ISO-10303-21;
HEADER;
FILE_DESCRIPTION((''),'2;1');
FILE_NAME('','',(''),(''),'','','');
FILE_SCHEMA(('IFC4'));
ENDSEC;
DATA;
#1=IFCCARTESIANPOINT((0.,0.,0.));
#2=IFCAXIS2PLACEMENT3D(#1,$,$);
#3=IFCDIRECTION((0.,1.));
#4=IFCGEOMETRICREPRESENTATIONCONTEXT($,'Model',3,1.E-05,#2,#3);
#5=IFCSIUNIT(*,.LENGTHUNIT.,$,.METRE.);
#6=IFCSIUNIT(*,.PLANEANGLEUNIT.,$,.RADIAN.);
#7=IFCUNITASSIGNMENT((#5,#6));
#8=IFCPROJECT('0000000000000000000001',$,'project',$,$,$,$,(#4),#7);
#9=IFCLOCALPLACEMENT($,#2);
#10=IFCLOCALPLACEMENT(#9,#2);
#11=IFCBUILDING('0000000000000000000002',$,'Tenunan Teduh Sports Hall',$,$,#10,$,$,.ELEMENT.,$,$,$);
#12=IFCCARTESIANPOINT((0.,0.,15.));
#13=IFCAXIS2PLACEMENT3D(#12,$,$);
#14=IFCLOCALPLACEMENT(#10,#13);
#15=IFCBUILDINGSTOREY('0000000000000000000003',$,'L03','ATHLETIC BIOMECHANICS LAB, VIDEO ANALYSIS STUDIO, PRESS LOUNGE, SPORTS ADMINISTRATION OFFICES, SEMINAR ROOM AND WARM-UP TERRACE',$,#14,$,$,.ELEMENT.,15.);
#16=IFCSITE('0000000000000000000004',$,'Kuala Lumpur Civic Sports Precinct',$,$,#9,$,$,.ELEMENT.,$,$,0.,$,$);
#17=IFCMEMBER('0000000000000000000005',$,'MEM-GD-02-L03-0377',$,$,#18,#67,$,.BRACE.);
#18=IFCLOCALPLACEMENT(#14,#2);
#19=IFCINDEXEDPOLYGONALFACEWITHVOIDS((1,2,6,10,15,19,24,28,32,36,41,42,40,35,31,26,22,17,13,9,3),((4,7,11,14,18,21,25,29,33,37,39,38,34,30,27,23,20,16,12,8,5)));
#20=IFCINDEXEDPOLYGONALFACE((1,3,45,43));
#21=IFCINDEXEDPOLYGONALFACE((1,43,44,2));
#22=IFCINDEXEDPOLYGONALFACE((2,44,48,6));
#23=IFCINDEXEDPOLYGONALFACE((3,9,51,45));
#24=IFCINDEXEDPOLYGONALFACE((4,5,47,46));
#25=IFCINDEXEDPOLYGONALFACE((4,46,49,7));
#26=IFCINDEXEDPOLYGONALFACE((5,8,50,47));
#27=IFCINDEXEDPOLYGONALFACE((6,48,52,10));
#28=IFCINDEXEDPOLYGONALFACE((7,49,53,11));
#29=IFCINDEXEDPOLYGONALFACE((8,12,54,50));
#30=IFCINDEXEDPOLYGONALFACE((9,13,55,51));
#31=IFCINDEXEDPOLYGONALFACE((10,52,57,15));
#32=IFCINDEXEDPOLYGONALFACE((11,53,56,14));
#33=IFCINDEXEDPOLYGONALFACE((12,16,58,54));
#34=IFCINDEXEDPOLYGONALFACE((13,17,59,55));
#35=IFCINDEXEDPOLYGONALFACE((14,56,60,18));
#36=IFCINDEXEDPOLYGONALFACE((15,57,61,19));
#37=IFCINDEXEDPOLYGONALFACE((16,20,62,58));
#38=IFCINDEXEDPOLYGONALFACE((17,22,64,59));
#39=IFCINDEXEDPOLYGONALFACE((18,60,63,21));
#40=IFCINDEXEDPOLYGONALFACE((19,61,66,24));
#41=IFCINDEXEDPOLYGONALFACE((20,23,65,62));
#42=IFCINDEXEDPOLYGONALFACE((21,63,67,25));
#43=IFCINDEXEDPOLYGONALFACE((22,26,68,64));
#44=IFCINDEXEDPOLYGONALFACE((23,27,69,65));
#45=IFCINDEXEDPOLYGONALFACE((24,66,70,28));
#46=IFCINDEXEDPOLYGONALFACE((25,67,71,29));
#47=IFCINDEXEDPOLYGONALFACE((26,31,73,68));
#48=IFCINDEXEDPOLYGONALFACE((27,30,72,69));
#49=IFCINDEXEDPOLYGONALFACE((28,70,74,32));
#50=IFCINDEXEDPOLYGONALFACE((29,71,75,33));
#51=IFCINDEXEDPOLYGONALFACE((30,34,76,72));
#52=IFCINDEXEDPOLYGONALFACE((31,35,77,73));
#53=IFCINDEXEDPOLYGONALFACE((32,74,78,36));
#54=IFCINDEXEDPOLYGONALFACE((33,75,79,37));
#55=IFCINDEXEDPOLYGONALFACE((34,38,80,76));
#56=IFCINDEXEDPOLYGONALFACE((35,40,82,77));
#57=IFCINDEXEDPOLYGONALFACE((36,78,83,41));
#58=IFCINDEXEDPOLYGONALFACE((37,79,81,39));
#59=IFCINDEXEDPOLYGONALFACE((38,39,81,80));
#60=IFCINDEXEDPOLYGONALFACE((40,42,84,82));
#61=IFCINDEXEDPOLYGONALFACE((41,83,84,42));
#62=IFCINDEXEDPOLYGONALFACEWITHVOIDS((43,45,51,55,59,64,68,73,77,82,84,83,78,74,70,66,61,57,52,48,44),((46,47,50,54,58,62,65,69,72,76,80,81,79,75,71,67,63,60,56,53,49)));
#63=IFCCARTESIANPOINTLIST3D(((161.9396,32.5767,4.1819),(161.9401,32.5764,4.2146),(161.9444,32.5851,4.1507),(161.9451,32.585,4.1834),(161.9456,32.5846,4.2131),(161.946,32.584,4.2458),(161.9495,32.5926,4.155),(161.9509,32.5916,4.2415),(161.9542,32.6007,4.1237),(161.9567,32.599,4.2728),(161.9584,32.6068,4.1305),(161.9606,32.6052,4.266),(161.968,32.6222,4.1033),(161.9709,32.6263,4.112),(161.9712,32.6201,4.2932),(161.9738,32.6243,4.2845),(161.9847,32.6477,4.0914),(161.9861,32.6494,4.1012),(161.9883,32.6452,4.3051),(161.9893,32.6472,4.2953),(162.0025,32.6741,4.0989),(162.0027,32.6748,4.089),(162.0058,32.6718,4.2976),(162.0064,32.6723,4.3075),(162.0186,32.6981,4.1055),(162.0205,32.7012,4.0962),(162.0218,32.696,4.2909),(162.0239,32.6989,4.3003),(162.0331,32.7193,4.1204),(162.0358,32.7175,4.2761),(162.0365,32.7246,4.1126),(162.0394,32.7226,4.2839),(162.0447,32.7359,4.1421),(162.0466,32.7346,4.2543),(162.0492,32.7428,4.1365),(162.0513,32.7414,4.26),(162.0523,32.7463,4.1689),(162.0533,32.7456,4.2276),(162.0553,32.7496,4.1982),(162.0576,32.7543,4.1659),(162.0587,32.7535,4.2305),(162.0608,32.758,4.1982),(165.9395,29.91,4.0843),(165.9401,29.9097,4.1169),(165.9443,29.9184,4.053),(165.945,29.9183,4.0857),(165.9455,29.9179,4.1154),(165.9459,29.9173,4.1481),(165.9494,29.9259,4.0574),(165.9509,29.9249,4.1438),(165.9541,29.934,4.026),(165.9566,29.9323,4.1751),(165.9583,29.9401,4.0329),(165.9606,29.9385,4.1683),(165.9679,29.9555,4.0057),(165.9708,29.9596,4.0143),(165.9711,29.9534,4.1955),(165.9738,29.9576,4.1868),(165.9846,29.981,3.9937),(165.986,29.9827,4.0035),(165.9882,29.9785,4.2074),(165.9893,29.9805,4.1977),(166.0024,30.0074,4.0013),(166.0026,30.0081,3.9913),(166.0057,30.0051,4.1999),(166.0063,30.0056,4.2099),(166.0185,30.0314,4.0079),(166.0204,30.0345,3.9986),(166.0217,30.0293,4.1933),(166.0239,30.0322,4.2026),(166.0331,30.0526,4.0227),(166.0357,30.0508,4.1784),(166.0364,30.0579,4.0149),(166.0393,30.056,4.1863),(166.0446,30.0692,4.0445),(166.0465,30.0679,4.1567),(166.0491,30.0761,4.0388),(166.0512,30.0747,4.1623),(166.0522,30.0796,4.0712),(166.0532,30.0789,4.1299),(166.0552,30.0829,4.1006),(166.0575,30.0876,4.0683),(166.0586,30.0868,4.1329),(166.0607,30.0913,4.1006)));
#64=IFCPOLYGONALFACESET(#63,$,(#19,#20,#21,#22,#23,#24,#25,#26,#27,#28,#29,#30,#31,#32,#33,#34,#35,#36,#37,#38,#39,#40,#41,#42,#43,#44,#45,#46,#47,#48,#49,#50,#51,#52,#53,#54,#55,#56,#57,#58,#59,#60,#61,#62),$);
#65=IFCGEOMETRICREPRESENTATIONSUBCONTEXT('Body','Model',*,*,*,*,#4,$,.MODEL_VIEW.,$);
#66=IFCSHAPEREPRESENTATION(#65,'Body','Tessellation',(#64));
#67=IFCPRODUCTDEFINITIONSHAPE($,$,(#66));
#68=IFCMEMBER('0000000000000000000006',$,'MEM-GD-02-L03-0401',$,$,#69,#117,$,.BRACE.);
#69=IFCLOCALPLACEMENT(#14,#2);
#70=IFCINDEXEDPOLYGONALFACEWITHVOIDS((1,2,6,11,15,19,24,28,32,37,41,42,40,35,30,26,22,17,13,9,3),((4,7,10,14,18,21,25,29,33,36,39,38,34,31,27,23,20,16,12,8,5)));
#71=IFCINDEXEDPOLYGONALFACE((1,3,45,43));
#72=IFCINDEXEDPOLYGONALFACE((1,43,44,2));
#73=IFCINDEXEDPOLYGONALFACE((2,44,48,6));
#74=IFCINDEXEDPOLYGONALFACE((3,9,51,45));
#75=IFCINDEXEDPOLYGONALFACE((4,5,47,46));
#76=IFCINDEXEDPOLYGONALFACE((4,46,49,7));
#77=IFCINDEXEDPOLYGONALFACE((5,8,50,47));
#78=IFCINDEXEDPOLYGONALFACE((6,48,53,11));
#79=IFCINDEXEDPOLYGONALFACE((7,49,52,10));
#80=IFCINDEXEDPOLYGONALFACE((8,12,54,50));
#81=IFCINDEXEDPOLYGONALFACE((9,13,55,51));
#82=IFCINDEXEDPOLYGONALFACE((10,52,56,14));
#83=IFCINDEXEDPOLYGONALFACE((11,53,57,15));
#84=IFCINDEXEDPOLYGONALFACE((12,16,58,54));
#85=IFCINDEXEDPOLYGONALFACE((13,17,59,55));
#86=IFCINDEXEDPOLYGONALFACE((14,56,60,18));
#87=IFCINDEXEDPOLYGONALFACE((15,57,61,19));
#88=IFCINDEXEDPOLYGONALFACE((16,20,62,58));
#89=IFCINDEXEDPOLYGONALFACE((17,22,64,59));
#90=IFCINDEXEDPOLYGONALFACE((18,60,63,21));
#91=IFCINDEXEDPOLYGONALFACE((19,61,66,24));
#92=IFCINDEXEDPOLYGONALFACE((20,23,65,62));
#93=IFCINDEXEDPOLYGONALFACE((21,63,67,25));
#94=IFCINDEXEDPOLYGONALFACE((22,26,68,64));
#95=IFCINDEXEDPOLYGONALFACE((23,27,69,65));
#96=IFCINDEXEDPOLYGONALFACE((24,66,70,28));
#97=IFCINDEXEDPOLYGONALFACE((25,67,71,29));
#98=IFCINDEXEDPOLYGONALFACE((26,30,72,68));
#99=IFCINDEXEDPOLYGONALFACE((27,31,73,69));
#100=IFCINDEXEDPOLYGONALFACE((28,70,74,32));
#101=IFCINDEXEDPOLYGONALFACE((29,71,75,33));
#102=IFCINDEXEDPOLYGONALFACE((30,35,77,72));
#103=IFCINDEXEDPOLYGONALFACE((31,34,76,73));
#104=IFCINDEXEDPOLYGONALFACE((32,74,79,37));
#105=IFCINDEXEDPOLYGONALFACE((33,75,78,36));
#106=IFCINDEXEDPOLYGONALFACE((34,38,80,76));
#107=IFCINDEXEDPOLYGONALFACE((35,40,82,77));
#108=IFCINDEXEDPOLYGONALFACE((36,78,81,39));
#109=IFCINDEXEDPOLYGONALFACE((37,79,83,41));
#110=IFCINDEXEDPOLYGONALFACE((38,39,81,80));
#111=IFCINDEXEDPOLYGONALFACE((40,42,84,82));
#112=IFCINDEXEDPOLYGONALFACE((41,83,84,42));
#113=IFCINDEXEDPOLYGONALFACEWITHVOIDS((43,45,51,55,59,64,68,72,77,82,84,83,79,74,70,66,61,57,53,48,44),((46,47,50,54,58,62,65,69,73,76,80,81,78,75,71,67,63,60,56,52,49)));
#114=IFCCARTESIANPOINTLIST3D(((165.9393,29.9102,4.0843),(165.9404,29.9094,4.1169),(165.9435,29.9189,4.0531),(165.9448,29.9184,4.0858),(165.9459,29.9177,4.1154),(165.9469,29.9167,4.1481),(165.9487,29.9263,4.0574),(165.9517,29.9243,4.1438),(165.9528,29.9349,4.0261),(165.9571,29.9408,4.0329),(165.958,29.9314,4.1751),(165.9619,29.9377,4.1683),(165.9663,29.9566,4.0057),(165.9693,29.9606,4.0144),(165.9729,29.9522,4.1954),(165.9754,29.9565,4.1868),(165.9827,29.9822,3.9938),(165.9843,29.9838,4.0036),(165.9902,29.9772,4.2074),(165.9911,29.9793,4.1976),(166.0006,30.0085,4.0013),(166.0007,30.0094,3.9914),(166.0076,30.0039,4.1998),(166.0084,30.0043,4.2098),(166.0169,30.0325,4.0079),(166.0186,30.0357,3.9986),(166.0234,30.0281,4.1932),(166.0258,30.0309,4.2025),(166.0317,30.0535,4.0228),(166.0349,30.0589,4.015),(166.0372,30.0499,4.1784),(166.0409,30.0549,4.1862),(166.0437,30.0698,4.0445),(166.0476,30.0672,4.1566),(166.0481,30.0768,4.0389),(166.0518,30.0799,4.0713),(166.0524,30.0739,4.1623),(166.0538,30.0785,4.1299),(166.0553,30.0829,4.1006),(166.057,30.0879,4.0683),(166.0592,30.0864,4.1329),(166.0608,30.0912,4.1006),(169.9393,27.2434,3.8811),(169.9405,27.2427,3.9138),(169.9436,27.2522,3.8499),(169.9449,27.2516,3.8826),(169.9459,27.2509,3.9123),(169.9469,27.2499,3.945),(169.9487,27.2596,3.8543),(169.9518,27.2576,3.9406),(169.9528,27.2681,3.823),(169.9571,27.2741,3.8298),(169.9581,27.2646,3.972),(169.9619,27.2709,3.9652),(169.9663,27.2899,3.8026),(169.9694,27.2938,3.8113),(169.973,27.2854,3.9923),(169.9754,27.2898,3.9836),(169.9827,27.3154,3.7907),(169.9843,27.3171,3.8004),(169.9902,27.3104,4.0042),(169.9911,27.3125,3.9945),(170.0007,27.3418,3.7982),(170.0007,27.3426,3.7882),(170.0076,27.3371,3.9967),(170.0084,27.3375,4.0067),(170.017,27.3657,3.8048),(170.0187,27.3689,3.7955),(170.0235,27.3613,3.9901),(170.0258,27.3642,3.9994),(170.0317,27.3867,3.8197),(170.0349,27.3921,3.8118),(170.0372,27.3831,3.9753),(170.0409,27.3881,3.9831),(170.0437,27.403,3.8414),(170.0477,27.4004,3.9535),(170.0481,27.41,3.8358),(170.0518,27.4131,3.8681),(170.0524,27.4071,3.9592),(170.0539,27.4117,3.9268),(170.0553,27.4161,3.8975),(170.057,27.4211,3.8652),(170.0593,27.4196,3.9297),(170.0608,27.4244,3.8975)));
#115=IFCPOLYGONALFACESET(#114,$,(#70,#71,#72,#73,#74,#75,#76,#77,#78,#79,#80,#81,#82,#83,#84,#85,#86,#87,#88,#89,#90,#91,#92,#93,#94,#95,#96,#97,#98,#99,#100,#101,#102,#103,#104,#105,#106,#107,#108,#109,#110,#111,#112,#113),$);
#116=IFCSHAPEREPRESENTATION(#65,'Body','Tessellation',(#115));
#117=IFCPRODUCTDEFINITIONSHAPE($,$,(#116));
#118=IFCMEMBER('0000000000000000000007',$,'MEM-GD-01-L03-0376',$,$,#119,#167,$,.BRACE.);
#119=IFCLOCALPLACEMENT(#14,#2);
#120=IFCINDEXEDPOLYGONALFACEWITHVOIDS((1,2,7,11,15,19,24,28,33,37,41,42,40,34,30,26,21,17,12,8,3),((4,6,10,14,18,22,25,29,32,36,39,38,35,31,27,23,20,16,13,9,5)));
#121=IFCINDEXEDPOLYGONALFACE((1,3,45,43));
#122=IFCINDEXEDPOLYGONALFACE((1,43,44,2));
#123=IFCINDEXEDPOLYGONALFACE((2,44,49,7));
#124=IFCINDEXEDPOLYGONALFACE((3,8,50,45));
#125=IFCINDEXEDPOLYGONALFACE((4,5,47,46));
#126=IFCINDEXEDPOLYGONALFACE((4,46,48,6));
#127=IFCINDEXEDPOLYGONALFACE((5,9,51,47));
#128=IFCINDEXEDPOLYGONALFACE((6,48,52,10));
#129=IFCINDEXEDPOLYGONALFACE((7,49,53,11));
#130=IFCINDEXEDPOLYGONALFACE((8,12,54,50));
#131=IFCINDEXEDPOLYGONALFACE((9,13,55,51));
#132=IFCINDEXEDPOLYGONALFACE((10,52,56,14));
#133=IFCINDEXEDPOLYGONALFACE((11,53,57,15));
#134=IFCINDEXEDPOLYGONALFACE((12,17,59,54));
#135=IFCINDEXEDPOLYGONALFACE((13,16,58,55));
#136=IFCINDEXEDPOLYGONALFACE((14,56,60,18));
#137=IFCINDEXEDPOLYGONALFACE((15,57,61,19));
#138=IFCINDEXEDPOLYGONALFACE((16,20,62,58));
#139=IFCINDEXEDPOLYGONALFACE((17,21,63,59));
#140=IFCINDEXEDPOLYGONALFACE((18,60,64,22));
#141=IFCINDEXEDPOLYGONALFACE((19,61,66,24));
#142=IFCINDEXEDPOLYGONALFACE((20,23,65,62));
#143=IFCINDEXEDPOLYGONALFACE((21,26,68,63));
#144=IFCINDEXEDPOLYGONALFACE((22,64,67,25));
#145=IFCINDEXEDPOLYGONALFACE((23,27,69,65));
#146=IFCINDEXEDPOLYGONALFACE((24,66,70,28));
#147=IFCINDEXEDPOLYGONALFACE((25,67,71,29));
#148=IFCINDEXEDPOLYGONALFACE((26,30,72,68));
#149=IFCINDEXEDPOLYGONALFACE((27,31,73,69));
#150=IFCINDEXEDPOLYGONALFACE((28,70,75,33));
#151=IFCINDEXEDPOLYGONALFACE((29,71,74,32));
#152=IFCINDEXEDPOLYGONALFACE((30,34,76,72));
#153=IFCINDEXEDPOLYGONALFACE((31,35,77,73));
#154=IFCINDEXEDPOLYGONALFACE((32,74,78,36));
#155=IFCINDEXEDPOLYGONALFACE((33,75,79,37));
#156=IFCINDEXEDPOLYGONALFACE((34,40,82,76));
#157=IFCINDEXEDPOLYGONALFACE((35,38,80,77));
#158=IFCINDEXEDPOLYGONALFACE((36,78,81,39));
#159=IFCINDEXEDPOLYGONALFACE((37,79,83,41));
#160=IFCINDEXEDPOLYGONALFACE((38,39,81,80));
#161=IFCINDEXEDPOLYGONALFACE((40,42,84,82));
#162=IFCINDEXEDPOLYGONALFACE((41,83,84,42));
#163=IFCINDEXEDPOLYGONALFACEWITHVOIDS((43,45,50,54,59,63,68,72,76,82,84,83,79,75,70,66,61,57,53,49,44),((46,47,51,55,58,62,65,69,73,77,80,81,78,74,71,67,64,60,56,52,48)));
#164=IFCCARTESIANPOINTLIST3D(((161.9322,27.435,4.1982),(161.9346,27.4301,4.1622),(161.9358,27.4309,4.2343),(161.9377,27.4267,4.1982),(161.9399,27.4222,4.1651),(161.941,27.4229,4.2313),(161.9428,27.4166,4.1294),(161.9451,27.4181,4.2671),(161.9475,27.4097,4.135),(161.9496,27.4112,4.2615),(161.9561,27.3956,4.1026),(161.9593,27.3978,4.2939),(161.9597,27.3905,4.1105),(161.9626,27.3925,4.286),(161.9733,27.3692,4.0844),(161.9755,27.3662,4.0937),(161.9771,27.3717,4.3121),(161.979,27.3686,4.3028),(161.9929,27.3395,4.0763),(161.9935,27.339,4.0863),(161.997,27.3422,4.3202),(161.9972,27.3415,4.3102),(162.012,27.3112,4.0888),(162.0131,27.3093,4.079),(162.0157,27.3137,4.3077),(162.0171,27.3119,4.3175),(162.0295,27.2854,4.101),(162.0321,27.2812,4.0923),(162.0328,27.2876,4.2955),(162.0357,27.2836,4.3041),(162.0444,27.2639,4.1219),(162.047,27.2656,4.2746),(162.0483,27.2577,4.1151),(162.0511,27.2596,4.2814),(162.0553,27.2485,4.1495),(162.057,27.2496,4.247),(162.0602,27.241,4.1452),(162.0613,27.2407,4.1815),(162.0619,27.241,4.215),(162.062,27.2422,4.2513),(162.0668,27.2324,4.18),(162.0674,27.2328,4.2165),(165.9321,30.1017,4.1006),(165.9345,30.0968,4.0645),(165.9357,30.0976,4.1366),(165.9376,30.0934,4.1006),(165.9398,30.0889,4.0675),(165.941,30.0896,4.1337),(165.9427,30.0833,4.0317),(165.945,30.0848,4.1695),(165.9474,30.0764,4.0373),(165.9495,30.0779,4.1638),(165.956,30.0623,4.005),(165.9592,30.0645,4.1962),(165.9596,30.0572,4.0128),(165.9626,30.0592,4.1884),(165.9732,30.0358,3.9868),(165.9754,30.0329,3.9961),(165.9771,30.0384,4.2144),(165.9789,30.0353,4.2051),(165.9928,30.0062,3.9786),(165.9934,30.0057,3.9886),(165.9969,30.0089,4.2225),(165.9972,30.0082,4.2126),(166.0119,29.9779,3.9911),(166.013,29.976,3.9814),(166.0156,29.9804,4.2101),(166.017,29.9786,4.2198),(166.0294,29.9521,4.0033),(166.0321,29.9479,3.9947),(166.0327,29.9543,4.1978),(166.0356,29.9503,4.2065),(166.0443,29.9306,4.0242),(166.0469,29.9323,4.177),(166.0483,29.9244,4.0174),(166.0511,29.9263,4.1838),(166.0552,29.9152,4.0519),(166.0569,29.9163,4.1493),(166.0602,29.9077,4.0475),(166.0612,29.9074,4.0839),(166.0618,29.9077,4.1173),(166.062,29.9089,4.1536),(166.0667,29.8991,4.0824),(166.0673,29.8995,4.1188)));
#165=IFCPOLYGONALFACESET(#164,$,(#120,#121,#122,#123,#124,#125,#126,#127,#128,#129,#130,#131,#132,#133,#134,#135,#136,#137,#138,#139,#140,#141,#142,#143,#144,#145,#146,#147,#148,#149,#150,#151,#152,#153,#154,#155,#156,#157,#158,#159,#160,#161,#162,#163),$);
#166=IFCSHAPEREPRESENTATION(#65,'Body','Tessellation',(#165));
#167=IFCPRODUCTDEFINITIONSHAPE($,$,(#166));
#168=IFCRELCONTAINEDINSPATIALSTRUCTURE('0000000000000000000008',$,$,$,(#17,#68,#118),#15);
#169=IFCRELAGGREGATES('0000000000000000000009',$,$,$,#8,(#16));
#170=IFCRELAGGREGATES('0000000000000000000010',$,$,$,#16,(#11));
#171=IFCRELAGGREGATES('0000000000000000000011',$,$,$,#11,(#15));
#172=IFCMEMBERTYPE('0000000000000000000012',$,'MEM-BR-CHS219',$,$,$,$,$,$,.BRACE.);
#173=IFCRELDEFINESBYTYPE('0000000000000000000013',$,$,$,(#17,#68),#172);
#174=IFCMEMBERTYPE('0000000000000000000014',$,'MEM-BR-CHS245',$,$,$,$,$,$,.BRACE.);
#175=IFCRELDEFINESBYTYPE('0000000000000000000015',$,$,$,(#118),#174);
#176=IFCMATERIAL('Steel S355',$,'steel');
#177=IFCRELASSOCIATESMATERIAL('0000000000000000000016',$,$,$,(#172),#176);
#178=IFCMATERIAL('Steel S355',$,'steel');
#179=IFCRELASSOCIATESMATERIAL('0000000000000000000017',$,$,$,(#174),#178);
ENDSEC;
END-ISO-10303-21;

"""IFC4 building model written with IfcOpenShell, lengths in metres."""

from ifc_helpers import new_model, si_unit, direction, frame, origin, origin_2d, place, context, subcontext, project, spatial, hollow_circle, extrude, material, material_profile, profile_set, type_object, element, save


model = new_model("IFC4")

# Units and contexts
model_context = context("Model", 3, precision=1e-05, world=origin(), true_north=direction((0.0, 1.0)))
body_context = subcontext(model_context, "Body", "Model", "MODEL_VIEW")
ifc_project = project(units=[si_unit("LENGTHUNIT", "METRE"), si_unit("PLANEANGLEUNIT", "RADIAN")], contexts=[model_context])

# Site, building, storey
site_placement = place(None, origin())
site = spatial("IfcSite", under=ifc_project, at=site_placement, Name="Kuala Lumpur Civic Sports Precinct", CompositionType="ELEMENT", RefElevation=0.0)
building_placement = place(site_placement, origin())
building = spatial("IfcBuilding", under=site, at=building_placement, Name="Tenunan Teduh Sports Hall", CompositionType="ELEMENT")
storey_placement = place(building_placement, frame((0.0, 0.0, 15.0)))
storey = spatial("IfcBuildingStorey", under=building, at=storey_placement, Name="L03", Description="ATHLETIC BIOMECHANICS LAB, VIDEO ANALYSIS STUDIO, PRESS LOUNGE, SPORTS ADMINISTRATION OFFICES, SEMINAR ROOM AND WARM-UP TERRACE", CompositionType="ELEMENT", Elevation=15.0)

# Members
ifc_material_1 = material(Name="Steel S355", Category="steel")
ifc_material_profile_1 = material_profile(ifc_material_1, hollow_circle(Radius=0.1096, WallThickness=0.01, at=origin_2d()), Name="CHS 219.1x10.0")
ifc_profile_set_1 = profile_set([ifc_material_profile_1], Name="Steel S355")
member_type_1 = type_object("IfcMemberType", Name="MEM-BR-CHS219", PredefinedType="BRACE", material=ifc_profile_set_1)
member_1_placement = place(storey_placement, frame((162.0, 32.6667, 4.1982), z_axis=(0.831871, -0.554598, -0.020309), x_axis=(0.554712, 0.832042, 0.0)))
element("IfcMember", 1, at=member_1_placement, inside=storey, type_object=member_type_1, Name="MEM-GD-02-L03-0377", PredefinedType="BRACE", context=body_context, shape_type="SweptSolid", body=[
    extrude(hollow_circle(Radius=0.1096, WallThickness=0.01, at=origin_2d()), origin(), (0.0, 0.0, 1.0), 4.8083),
])
member_2_placement = place(storey_placement, frame((166.0, 30.0, 4.1006), z_axis=(0.831301, -0.554217, -0.042214), x_axis=(0.554712, 0.832042, 0.0)))
element("IfcMember", 2, at=member_2_placement, inside=storey, type_object=member_type_1, Name="MEM-GD-02-L03-0401", PredefinedType="BRACE", context=body_context, shape_type="SweptSolid", body=[
    extrude(hollow_circle(Radius=0.1096, WallThickness=0.01, at=origin_2d()), origin(), (0.0, 0.0, 1.0), 4.8118),
])
ifc_material_2 = material(Name="Steel S355", Category="steel")
ifc_material_profile_2 = material_profile(ifc_material_2, hollow_circle(Radius=0.1223, WallThickness=0.01, at=origin_2d()), Name="CHS 244.5x10.0")
ifc_profile_set_2 = profile_set([ifc_material_profile_2], Name="Steel S355")
member_type_2 = type_object("IfcMemberType", Name="MEM-BR-CHS245", PredefinedType="BRACE", material=ifc_profile_set_2)
member_3_placement = place(storey_placement, frame((162.0, 27.3333, 4.1982), z_axis=(0.831871, 0.554598, -0.020309), x_axis=(-0.554712, 0.832042, 0.0)))
element("IfcMember", 3, at=member_3_placement, inside=storey, type_object=member_type_2, Name="MEM-GD-01-L03-0376", PredefinedType="BRACE", context=body_context, shape_type="SweptSolid", body=[
    extrude(hollow_circle(Radius=0.1223, WallThickness=0.01, at=origin_2d()), origin(), (0.0, 0.0, 1.0), 4.8083),
])

save(model, "model.ifc")
